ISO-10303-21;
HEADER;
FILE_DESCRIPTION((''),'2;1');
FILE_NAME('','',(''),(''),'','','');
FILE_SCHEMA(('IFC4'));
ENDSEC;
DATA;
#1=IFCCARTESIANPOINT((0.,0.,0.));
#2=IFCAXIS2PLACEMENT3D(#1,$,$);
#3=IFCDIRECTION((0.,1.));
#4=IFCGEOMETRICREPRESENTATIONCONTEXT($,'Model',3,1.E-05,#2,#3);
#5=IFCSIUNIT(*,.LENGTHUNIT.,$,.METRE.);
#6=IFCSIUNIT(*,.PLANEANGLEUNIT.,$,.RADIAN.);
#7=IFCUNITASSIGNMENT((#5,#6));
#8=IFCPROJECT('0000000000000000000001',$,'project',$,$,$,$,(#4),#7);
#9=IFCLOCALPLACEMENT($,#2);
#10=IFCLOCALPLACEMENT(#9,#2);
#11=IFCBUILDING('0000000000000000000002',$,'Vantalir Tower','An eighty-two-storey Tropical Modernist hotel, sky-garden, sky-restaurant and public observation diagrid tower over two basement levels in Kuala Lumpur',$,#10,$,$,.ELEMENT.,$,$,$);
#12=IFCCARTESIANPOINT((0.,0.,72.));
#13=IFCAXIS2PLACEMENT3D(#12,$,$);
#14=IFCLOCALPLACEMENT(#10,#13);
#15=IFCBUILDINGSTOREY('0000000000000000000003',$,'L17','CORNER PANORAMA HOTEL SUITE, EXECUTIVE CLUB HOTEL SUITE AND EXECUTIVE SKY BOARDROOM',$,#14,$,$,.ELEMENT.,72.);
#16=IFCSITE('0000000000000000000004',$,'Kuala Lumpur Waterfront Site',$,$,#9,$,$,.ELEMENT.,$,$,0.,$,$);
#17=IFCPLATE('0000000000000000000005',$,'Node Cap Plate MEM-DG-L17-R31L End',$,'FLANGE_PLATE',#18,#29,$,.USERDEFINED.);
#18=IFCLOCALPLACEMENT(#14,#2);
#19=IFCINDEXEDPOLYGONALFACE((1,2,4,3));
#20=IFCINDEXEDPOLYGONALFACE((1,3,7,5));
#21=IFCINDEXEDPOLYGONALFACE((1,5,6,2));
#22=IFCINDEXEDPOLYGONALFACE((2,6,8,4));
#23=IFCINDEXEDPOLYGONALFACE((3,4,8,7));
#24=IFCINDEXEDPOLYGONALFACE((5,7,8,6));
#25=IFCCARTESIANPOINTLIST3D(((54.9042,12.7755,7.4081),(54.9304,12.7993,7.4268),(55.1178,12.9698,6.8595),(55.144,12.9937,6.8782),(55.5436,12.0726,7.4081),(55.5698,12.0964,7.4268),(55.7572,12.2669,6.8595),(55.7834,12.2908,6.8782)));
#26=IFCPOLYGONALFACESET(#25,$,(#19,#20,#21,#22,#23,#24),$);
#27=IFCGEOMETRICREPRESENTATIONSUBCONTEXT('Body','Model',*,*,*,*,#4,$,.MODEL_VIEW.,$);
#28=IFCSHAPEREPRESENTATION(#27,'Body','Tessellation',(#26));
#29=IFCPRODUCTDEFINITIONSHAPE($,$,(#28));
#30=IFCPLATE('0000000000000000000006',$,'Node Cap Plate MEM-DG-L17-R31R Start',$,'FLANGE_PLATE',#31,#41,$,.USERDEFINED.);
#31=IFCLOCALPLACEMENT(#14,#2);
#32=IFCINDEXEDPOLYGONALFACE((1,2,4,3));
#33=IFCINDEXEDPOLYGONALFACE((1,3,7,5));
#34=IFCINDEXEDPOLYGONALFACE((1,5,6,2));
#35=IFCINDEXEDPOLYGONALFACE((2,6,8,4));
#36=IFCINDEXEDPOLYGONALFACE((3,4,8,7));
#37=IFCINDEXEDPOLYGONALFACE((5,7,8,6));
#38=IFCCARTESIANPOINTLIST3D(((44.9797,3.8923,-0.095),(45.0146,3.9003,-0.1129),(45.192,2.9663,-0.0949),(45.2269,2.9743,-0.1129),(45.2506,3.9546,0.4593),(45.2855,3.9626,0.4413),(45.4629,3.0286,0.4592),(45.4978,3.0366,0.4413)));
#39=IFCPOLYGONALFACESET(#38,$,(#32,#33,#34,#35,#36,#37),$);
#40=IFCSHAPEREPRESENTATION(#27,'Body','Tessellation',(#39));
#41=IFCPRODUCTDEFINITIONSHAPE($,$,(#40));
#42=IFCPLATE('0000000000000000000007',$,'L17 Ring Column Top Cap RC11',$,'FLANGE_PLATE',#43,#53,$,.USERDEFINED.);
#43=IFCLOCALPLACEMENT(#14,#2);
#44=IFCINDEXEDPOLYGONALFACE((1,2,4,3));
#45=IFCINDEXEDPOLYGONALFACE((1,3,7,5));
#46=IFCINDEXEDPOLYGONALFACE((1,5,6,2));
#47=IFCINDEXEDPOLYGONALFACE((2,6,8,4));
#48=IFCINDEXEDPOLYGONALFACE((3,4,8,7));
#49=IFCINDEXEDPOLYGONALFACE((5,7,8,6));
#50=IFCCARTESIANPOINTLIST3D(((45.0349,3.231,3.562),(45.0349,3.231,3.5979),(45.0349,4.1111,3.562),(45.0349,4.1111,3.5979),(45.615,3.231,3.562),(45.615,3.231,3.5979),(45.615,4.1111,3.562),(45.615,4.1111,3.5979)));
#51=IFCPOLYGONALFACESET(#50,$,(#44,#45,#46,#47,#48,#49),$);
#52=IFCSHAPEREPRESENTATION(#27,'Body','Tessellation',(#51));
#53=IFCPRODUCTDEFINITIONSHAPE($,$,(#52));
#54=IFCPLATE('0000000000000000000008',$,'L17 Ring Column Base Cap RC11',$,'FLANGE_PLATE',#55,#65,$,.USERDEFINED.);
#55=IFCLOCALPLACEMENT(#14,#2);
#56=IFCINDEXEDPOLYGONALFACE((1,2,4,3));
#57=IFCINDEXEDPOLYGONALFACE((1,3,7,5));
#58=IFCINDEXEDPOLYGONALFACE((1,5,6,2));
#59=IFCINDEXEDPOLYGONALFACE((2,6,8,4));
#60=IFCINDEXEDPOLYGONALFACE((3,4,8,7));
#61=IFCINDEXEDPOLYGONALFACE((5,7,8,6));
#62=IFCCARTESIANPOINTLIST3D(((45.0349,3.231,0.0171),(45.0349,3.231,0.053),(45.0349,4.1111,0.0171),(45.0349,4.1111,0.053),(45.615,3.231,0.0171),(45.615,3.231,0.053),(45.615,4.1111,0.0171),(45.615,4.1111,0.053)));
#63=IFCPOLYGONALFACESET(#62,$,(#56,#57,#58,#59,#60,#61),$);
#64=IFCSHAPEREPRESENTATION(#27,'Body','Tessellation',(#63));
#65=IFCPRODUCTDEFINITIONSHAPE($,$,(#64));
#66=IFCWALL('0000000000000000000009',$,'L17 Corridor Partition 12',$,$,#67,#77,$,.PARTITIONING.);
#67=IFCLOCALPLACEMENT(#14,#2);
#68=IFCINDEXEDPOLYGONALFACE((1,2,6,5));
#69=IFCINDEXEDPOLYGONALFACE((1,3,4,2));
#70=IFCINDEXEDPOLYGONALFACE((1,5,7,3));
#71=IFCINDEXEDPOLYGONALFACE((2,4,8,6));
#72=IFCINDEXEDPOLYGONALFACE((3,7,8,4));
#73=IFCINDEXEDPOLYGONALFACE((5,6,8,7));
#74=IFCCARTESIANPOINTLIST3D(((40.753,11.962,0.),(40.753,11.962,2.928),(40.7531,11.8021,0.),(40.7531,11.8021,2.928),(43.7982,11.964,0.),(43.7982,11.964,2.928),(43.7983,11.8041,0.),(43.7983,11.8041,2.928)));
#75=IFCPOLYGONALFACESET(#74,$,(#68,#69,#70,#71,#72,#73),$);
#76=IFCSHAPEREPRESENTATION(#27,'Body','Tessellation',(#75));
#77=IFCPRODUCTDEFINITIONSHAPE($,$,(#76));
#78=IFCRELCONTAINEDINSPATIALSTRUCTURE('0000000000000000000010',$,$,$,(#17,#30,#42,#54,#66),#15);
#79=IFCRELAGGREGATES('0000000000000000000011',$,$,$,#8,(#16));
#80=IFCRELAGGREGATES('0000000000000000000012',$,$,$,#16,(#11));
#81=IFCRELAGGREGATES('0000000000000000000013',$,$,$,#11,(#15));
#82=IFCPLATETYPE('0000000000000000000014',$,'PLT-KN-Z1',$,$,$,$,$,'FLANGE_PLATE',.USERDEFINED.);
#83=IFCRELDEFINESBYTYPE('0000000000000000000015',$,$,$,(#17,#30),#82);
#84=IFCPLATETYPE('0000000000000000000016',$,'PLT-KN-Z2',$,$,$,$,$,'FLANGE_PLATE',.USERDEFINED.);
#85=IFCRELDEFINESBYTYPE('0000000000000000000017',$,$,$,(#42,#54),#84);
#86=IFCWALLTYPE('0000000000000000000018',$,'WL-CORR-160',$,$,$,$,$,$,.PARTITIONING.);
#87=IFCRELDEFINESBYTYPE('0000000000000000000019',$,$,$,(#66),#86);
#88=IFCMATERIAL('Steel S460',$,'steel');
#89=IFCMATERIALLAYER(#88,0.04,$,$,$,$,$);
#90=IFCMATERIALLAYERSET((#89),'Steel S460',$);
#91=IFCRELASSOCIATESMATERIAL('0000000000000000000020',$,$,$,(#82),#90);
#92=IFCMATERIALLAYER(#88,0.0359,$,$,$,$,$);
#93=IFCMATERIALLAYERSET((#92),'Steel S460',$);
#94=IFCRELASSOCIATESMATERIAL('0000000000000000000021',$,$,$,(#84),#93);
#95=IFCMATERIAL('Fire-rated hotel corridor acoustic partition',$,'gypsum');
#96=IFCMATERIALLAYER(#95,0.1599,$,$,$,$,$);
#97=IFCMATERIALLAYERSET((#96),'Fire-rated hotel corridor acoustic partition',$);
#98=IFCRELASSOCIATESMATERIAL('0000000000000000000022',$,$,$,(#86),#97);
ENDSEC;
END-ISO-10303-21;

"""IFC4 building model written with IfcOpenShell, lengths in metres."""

from ifc_helpers import new_model, si_unit, direction, frame, frame_2d, origin, place, context, subcontext, project, spatial, polyline, rectangle, outline, extrude, material, layer, layer_set, type_object, element, save


model = new_model("IFC4")

# Units and contexts
model_context = context("Model", 3, precision=1e-05, world=origin(), true_north=direction((0.0, 1.0)))
body_context = subcontext(model_context, "Body", "Model", "MODEL_VIEW")
ifc_project = project(units=[si_unit("LENGTHUNIT", "METRE"), si_unit("PLANEANGLEUNIT", "RADIAN")], contexts=[model_context])

# Site, building, storey
site_placement = place(None, origin())
site = spatial("IfcSite", under=ifc_project, at=site_placement, Name="Kuala Lumpur Waterfront Site", CompositionType="ELEMENT", RefElevation=0.0)
building_placement = place(site_placement, origin())
building = spatial("IfcBuilding", under=site, at=building_placement, Name="Vantalir Tower", Description="An eighty-two-storey Tropical Modernist hotel, sky-garden, sky-restaurant and public observation diagrid tower over two basement levels in Kuala Lumpur", CompositionType="ELEMENT")
storey_placement = place(building_placement, frame((0.0, 0.0, 72.0)))
storey = spatial("IfcBuildingStorey", under=building, at=storey_placement, Name="L17", Description="CORNER PANORAMA HOTEL SUITE, EXECUTIVE CLUB HOTEL SUITE AND EXECUTIVE SKY BOARDROOM", CompositionType="ELEMENT", Elevation=72.0)

# Shared definitions
ifc_material_1 = material(Name="Steel S460", Category="steel")

# Plates
ifc_layer_1 = layer(ifc_material_1, 0.04)
ifc_layer_set_1 = layer_set([ifc_layer_1], Name="Steel S460")
plate_type_1 = type_object("IfcPlateType", Name="PLT-KN-Z1", ElementType="FLANGE_PLATE", PredefinedType="USERDEFINED", material=ifc_layer_set_1)
plate_1_placement = place(storey_placement, frame((55.7834, 12.2908, 6.8782), z_axis=(0.654559, 0.595447, 0.465828), x_axis=(-0.672916, 0.739719, 0.0)))
element("IfcPlate", 1, at=plate_1_placement, inside=storey, type_object=plate_type_1, Name="Node Cap Plate MEM-DG-L17-R31L End", ObjectType="FLANGE_PLATE", PredefinedType="USERDEFINED", context=body_context, shape_type="SweptSolid", body=[
    extrude(outline(polyline([(0.0, 0.0), (0.9502, 0.0), (0.9502, 0.62), (0.0, 0.62), (0.0, 0.0)])), origin(), (0.0, 0.0, -1.0), 0.04),
])
plate_2_placement = place(storey_placement, frame((44.9797, 3.8923, -0.095), z_axis=(-0.871287, -0.199732, 0.448293), x_axis=(0.223467, -0.974712, 0.00005)))
element("IfcPlate", 2, at=plate_2_placement, inside=storey, type_object=plate_type_1, Name="Node Cap Plate MEM-DG-L17-R31R Start", ObjectType="FLANGE_PLATE", PredefinedType="USERDEFINED", context=body_context, shape_type="SweptSolid", body=[
    extrude(outline(polyline([(0.0, 0.0), (0.9501, 0.0), (0.9499, 0.6199), (-0.0001, 0.62), (0.0, 0.0)])), origin(), (0.0, 0.0, -1.0), 0.04),
])
ifc_layer_2 = layer(ifc_material_1, 0.0359)
ifc_layer_set_2 = layer_set([ifc_layer_2], Name="Steel S460")
plate_type_2 = type_object("IfcPlateType", Name="PLT-KN-Z2", ElementType="FLANGE_PLATE", PredefinedType="USERDEFINED", material=ifc_layer_set_2)
for number, where, z_axis, x_axis, name in (
    (3, (45.0349, 4.1111, 3.5979), (0.0, 0.0, 1.0), (0.0, -1.0, 0.0), "L17 Ring Column Top Cap RC11"),
    (4, (45.0349, 4.1111, 0.053), (0.0, 0.0, 1.0), (0.0, -1.0, 0.0), "L17 Ring Column Base Cap RC11"),
):
    element("IfcPlate", number, at=place(storey_placement, frame(where, z_axis=z_axis, x_axis=x_axis)), inside=storey, type_object=plate_type_2, Name=name, ObjectType="FLANGE_PLATE", PredefinedType="USERDEFINED", context=body_context, shape_type="SweptSolid", body=[
        extrude(outline(polyline([(0.0, 0.0), (0.8801, 0.0), (0.8801, 0.5801), (0.0, 0.5801), (0.0, 0.0)])), origin(), (0.0, 0.0, -1.0), 0.0359),
    ])

# Wall
ifc_material_2 = material(Name="Fire-rated hotel corridor acoustic partition", Category="gypsum")
ifc_layer_3 = layer(ifc_material_2, 0.1599)
ifc_layer_set_3 = layer_set([ifc_layer_3], Name="Fire-rated hotel corridor acoustic partition")
wall_type = type_object("IfcWallType", Name="WL-CORR-160", PredefinedType="PARTITIONING", material=ifc_layer_set_3)
wall_placement = place(storey_placement, frame((43.7981, 11.884, 0.0), z_axis=(0.0, 0.0, 1.0), x_axis=(-1.0, -0.000641, 0.0)))
element("IfcWall", 5, at=wall_placement, inside=storey, type_object=wall_type, Name="L17 Corridor Partition 12", PredefinedType="PARTITIONING", context=body_context, shape_type="SweptSolid", body=[
    extrude(rectangle(XDim=3.0452, YDim=0.1599, at=frame_2d((1.5225, 0.0))), origin(), (0.0, 0.0, 1.0), 2.928),
])

save(model, "model.ifc")
